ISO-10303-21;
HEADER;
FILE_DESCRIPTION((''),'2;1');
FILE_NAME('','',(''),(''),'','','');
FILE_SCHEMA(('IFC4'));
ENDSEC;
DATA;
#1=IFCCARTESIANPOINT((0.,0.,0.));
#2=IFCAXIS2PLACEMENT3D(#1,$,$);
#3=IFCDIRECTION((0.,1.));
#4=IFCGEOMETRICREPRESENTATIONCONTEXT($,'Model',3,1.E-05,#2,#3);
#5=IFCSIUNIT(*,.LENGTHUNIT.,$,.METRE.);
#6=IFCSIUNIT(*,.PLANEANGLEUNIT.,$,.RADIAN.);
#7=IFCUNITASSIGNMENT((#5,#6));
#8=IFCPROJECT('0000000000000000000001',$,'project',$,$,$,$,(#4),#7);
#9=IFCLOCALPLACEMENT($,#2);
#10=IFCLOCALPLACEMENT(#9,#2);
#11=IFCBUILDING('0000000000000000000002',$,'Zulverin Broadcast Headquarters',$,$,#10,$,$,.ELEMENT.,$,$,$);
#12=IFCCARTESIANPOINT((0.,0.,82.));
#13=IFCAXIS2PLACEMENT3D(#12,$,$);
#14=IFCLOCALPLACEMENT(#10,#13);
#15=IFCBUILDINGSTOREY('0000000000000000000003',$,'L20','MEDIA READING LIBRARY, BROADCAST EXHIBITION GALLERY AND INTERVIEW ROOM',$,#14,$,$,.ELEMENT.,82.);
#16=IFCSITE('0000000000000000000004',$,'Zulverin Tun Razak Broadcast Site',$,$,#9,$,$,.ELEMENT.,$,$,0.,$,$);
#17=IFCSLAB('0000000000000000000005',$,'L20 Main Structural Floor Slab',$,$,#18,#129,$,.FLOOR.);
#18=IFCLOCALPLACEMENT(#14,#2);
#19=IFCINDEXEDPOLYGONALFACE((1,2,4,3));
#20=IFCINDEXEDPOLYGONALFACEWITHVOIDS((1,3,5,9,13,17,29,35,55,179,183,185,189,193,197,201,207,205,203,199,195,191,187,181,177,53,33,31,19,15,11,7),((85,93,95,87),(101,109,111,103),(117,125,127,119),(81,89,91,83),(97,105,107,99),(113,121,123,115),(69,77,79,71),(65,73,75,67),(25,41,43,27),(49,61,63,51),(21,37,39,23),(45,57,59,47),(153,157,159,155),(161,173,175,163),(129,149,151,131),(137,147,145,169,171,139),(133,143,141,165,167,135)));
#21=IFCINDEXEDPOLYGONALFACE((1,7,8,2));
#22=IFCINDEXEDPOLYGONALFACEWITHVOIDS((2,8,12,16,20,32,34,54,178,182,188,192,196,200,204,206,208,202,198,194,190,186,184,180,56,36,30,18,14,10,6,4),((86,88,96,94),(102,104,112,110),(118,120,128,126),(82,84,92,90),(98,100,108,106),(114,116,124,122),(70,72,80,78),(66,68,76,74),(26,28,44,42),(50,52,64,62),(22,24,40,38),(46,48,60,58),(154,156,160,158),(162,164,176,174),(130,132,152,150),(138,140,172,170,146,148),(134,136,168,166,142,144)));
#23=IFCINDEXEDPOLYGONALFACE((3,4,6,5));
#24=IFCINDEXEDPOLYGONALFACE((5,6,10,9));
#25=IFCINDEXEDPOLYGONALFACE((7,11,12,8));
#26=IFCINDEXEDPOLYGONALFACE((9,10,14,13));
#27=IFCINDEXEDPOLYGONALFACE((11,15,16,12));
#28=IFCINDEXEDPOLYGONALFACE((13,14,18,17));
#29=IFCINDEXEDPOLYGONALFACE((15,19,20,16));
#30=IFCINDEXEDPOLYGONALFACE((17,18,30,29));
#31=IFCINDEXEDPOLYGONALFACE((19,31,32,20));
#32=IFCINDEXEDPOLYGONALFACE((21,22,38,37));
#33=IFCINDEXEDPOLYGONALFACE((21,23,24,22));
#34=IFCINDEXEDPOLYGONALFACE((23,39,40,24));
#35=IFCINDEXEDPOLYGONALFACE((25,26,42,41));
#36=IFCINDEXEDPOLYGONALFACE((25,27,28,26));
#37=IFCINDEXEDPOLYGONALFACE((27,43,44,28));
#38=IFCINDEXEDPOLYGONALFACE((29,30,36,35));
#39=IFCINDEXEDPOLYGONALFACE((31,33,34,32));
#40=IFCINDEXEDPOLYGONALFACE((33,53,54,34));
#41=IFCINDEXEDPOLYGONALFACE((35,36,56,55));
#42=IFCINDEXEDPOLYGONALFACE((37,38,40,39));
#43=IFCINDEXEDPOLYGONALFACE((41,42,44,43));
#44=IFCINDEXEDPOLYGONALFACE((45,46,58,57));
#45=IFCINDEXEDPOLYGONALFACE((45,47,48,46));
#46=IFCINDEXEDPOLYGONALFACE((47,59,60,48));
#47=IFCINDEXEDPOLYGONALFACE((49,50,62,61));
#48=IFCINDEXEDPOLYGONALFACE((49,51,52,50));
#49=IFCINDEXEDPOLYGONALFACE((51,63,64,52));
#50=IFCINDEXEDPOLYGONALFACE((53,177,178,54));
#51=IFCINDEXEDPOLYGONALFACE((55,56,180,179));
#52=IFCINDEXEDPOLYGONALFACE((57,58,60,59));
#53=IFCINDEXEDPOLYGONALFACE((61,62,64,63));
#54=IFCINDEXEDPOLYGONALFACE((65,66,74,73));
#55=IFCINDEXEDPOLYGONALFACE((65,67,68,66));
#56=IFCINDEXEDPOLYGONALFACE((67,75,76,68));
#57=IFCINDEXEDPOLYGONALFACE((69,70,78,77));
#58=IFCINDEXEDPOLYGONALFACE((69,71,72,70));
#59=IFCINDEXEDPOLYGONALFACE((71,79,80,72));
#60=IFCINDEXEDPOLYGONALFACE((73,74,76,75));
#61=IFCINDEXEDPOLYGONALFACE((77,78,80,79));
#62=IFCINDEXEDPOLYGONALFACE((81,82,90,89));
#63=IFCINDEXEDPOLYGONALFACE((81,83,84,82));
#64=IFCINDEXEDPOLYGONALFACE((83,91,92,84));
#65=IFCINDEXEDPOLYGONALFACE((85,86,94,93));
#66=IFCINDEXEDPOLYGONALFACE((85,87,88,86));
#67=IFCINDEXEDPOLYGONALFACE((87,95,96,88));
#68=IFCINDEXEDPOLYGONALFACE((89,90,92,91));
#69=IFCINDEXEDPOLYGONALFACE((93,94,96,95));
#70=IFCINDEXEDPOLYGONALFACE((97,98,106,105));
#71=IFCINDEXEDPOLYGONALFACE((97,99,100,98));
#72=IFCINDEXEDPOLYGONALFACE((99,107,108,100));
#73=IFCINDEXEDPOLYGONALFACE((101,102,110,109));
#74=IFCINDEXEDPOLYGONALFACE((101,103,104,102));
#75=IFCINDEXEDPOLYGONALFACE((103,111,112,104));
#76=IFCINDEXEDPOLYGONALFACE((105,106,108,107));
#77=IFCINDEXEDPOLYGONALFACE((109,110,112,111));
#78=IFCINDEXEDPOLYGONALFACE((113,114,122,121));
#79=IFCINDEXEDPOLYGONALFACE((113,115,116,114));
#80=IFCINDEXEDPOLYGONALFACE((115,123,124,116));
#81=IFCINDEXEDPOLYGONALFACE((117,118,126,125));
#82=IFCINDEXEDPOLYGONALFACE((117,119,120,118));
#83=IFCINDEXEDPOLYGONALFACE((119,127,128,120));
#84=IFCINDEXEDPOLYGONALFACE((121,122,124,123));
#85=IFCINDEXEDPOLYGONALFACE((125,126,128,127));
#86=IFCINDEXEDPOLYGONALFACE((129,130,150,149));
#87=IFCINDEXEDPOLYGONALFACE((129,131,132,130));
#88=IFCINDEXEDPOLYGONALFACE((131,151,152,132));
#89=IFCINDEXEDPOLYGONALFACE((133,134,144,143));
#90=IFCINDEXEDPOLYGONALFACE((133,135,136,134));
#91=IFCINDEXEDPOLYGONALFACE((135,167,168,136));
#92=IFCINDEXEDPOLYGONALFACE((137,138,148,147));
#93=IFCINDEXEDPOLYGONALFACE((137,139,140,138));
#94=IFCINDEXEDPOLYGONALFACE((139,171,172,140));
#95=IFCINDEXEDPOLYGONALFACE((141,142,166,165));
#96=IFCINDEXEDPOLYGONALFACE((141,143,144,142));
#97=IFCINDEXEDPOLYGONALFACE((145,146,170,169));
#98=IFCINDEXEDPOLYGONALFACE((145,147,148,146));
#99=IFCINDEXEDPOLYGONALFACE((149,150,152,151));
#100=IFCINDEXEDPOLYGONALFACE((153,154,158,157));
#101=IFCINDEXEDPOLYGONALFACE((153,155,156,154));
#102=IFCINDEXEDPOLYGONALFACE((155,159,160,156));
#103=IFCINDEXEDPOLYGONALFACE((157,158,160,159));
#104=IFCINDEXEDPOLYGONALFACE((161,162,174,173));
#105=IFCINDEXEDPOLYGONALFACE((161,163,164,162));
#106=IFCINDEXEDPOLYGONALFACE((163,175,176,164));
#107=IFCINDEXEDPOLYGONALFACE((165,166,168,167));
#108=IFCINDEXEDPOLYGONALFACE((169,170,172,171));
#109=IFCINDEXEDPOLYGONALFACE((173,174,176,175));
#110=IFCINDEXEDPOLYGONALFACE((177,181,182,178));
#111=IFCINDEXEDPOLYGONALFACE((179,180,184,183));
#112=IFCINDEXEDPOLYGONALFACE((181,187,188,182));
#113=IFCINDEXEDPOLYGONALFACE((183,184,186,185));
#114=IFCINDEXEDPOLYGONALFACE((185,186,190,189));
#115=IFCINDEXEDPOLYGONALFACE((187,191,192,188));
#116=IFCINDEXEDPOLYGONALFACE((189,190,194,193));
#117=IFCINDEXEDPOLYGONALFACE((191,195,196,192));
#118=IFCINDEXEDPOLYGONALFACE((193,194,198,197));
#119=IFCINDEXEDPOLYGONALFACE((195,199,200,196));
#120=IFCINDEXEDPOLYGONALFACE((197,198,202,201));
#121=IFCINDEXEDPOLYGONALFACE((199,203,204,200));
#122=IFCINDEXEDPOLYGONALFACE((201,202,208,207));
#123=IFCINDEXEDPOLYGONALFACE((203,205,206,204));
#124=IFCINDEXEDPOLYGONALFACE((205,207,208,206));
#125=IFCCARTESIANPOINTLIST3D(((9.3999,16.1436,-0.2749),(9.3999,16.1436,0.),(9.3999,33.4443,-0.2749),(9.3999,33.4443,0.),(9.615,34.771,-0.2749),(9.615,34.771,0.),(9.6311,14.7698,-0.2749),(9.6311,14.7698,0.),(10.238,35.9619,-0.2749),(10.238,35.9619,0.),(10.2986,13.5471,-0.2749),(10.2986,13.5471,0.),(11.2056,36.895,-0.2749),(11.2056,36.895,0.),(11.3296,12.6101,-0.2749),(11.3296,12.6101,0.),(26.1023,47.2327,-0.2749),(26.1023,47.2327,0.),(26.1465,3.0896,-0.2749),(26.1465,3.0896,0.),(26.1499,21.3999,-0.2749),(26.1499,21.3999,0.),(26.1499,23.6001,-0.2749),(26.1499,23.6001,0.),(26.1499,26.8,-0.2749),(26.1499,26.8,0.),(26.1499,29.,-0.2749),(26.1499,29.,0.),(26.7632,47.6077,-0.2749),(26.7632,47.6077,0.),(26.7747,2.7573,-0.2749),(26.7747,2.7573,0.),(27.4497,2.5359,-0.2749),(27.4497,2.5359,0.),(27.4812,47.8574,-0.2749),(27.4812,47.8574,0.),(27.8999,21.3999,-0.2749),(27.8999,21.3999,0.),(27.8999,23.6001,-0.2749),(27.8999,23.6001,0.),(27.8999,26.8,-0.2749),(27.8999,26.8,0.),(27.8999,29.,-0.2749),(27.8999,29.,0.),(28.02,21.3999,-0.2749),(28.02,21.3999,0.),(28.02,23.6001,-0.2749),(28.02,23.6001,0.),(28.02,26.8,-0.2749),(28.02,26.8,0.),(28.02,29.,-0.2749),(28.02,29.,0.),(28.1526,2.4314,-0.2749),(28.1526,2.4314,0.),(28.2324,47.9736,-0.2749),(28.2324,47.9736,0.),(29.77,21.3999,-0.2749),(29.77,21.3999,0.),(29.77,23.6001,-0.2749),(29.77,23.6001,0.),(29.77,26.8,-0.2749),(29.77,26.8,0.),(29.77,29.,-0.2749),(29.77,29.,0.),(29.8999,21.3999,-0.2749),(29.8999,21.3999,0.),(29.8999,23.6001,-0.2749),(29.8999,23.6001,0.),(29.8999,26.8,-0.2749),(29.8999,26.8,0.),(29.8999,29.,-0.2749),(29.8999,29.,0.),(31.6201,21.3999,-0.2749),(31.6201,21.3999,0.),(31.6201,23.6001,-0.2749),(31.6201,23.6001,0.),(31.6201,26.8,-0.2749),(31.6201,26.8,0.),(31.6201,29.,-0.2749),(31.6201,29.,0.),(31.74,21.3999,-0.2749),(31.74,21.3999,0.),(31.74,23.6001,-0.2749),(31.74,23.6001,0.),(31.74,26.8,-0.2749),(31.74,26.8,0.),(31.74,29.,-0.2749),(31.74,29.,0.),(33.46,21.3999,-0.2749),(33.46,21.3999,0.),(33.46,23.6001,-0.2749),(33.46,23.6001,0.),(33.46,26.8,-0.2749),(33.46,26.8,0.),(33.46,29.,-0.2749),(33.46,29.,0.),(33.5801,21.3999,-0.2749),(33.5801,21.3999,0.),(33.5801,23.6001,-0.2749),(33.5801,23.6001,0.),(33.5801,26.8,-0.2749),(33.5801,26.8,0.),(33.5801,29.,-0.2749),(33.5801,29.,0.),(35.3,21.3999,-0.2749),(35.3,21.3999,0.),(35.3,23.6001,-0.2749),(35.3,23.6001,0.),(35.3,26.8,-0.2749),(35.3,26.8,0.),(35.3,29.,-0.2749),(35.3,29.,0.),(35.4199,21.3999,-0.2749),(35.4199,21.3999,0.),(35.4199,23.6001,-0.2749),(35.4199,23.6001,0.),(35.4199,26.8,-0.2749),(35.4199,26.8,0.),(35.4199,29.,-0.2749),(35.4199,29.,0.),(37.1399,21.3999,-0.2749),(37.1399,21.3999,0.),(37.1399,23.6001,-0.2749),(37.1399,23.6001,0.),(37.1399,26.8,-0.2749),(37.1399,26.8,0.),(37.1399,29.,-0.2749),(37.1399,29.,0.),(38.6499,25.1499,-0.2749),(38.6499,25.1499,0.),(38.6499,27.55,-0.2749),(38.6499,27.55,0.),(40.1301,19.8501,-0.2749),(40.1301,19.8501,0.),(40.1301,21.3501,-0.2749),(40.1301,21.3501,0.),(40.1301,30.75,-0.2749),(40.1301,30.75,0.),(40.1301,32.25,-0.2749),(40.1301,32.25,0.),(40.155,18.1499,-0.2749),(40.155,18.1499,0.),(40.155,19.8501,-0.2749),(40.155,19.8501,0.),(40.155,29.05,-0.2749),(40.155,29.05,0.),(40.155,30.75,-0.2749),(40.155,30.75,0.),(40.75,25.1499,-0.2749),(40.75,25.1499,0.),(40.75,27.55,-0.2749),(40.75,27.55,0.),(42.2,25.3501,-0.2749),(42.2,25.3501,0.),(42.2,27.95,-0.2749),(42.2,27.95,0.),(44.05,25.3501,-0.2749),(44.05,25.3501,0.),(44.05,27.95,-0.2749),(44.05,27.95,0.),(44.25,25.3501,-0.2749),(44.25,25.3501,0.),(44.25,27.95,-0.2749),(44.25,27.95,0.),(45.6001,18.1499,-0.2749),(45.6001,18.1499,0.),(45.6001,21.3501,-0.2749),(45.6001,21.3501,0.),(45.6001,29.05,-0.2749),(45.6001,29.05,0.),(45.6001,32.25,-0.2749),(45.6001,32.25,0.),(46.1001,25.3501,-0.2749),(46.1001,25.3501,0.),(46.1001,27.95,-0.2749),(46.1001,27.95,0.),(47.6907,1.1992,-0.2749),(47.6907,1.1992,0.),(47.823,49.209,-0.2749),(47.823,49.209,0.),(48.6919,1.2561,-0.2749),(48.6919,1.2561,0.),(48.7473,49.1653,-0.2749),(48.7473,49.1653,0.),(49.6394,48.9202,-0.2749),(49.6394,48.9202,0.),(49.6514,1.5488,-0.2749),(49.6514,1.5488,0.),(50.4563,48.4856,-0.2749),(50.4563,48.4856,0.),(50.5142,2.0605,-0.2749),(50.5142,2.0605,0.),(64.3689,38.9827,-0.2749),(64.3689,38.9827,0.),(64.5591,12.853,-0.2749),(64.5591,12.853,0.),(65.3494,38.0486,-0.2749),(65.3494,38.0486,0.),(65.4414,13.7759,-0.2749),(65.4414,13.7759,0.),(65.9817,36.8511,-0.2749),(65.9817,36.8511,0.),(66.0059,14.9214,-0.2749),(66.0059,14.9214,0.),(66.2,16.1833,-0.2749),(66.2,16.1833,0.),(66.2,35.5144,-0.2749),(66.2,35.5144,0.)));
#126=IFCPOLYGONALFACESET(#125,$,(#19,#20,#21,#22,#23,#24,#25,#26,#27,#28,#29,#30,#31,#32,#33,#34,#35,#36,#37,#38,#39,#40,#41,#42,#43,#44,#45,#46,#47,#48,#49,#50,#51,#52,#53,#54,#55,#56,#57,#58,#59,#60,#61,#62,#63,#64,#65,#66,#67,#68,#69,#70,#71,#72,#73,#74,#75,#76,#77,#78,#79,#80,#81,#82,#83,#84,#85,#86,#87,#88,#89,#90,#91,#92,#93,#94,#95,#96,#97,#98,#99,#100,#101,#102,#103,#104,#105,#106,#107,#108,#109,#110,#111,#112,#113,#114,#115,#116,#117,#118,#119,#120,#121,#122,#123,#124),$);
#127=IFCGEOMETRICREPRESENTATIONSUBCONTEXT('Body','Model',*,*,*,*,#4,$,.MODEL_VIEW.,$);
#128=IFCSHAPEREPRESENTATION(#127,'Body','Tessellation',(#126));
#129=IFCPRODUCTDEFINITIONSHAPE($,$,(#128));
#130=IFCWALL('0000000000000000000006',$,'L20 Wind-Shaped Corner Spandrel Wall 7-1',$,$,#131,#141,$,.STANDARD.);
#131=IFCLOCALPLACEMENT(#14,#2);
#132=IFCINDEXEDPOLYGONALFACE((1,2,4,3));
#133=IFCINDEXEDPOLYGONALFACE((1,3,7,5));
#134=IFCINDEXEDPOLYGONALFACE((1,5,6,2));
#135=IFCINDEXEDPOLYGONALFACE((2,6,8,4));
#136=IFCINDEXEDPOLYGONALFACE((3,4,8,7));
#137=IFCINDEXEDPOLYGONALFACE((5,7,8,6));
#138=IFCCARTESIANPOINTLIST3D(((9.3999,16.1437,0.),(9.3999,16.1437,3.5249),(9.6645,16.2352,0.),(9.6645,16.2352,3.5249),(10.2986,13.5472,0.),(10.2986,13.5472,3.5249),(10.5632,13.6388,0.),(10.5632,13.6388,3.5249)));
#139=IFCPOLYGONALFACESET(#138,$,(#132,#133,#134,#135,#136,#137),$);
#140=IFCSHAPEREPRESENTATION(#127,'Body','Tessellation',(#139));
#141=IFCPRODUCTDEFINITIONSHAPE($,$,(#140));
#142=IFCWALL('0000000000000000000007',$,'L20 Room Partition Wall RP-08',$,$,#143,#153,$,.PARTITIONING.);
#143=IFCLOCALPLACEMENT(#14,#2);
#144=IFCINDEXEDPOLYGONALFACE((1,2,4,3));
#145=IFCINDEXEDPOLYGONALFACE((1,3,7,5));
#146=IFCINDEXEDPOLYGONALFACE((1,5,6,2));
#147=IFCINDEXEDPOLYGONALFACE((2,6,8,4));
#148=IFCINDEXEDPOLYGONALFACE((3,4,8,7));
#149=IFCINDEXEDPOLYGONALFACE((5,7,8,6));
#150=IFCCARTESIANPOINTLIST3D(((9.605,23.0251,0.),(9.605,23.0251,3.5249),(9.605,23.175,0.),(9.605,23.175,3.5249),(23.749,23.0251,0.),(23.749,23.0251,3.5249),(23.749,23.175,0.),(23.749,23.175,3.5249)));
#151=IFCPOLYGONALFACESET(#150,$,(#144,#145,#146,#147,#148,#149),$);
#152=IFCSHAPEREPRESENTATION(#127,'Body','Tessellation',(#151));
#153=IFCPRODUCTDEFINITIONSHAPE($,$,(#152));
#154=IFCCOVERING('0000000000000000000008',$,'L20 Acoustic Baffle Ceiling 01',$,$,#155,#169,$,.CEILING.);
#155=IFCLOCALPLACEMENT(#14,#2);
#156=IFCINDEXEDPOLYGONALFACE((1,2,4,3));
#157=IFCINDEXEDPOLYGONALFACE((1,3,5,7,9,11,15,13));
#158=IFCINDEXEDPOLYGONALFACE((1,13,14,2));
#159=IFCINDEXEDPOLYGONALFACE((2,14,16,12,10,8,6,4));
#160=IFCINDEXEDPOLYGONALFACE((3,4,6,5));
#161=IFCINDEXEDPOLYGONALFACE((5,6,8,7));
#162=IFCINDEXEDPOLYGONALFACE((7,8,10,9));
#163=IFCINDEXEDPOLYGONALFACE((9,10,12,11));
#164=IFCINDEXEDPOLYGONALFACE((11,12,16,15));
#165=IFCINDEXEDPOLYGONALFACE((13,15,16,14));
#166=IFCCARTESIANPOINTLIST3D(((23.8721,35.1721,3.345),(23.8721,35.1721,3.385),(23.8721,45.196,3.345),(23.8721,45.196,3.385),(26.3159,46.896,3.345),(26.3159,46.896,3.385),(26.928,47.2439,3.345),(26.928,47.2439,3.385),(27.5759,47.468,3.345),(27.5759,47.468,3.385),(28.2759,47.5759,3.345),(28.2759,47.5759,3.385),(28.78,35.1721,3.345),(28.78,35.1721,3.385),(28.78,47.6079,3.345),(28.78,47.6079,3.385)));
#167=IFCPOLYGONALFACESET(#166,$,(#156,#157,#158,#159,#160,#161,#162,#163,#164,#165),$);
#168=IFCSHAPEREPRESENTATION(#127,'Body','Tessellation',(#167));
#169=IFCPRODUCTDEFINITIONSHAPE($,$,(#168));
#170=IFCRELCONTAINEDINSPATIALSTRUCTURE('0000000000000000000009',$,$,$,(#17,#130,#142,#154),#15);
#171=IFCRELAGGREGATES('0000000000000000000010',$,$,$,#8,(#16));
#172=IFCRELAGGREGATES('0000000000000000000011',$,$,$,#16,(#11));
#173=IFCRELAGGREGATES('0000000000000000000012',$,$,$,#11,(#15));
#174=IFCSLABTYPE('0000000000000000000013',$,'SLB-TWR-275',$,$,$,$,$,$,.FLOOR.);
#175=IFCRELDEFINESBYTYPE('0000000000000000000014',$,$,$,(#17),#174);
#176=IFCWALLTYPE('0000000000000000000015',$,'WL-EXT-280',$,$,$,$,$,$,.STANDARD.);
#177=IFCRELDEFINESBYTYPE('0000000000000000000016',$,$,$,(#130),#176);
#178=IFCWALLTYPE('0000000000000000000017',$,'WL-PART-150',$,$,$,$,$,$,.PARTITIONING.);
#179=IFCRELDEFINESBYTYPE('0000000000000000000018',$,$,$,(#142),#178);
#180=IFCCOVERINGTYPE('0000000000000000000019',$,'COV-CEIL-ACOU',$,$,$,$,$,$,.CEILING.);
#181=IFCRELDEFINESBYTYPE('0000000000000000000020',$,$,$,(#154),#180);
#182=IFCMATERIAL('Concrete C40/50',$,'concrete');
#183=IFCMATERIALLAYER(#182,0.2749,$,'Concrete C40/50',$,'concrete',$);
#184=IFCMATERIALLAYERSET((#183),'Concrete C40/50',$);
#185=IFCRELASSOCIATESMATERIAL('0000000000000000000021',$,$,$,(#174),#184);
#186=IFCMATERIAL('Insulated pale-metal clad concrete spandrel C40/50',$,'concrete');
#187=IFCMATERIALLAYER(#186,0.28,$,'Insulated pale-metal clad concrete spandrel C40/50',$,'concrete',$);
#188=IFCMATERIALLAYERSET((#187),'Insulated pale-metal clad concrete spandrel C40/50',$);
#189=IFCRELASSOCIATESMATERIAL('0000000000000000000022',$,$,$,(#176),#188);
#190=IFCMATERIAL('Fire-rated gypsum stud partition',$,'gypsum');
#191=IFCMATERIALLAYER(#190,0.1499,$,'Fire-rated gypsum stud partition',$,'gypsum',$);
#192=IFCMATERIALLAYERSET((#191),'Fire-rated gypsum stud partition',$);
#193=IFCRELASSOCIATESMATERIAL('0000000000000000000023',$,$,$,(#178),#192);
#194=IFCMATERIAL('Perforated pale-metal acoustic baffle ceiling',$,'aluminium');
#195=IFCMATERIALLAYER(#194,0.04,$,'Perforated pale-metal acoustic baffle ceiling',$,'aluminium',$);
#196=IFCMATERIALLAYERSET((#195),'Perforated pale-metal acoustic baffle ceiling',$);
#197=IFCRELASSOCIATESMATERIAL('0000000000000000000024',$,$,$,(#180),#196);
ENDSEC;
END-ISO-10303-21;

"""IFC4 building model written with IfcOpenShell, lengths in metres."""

from ifc_helpers import new_model, si_unit, direction, frame, frame_2d, origin, place, context, subcontext, project, spatial, polyline, rectangle, outline, extrude, material, layer, layer_set, type_object, element, save


model = new_model("IFC4")

# Units and contexts
model_context = context("Model", 3, precision=1e-05, world=origin(), true_north=direction((0.0, 1.0)))
body_context = subcontext(model_context, "Body", "Model", "MODEL_VIEW")
ifc_project = project(units=[si_unit("LENGTHUNIT", "METRE"), si_unit("PLANEANGLEUNIT", "RADIAN")], contexts=[model_context])

# Site, building, storey
site_placement = place(None, origin())
site = spatial("IfcSite", under=ifc_project, at=site_placement, Name="Zulverin Tun Razak Broadcast Site", CompositionType="ELEMENT", RefElevation=0.0)
building_placement = place(site_placement, origin())
building = spatial("IfcBuilding", under=site, at=building_placement, Name="Zulverin Broadcast Headquarters", CompositionType="ELEMENT")
storey_placement = place(building_placement, frame((0.0, 0.0, 82.0)))
storey = spatial("IfcBuildingStorey", under=building, at=storey_placement, Name="L20", Description="MEDIA READING LIBRARY, BROADCAST EXHIBITION GALLERY AND INTERVIEW ROOM", CompositionType="ELEMENT", Elevation=82.0)

# Shared definitions
ifc_material_1 = material(Name="Concrete C40/50", Category="concrete")

# Slab
ifc_layer_1 = layer(ifc_material_1, 0.2749, Name="Concrete C40/50", Category="concrete")
ifc_layer_set_1 = layer_set([ifc_layer_1], Name="Concrete C40/50")
slab_type_1 = type_object("IfcSlabType", Name="SLB-TWR-275", PredefinedType="FLOOR", material=ifc_layer_set_1)
slab_1_placement = place(storey_placement, frame((0.0, 0.0, -0.2749)))
element("IfcSlab", 1, at=slab_1_placement, inside=storey, type_object=slab_type_1, Name="L20 Main Structural Floor Slab", PredefinedType="FLOOR", context=body_context, shape_type="SweptSolid", body=[
    extrude(outline(polyline([(26.1465, 3.0896), (26.7747, 2.7573), (27.4497, 2.5359), (28.1526, 2.4314), (47.6907, 1.1992), (48.6919, 1.2561), (49.6514, 1.5488), (50.5142, 2.0605), (64.5591, 12.853), (65.4414, 13.7759), (66.0059, 14.9214), (66.2, 16.1833), (66.2, 35.5144), (65.9817, 36.8511), (65.3494, 38.0486), (64.3689, 38.9827), (50.4563, 48.4856), (49.6394, 48.9202), (48.7473, 49.1653), (47.823, 49.209), (28.2324, 47.9736), (27.4812, 47.8574), (26.7632, 47.6077), (26.1023, 47.2327), (11.2056, 36.895), (10.238, 35.9619), (9.615, 34.771), (9.3999, 33.4443), (9.3999, 16.1436), (9.6311, 14.7698), (10.2986, 13.5471), (11.3296, 12.6101), (26.1465, 3.0896)]), holes=[polyline([(40.155, 30.75), (40.1301, 30.75), (40.1301, 32.25), (45.6001, 32.25), (45.6001, 29.05), (40.155, 29.05), (40.155, 30.75)]), polyline([(40.155, 19.8501), (40.1301, 19.8501), (40.1301, 21.3501), (45.6001, 21.3501), (45.6001, 18.1499), (40.155, 18.1499), (40.155, 19.8501)]), polyline([(26.1499, 26.8), (27.8999, 26.8), (27.8999, 29.0), (26.1499, 29.0), (26.1499, 26.8)]), polyline([(28.02, 26.8), (29.77, 26.8), (29.77, 29.0), (28.02, 29.0), (28.02, 26.8)]), polyline([(26.1499, 21.3999), (27.8999, 21.3999), (27.8999, 23.6001), (26.1499, 23.6001), (26.1499, 21.3999)]), polyline([(28.02, 21.3999), (29.77, 21.3999), (29.77, 23.6001), (28.02, 23.6001), (28.02, 21.3999)]), polyline([(29.8999, 21.3999), (31.6201, 21.3999), (31.6201, 23.6001), (29.8999, 23.6001), (29.8999, 21.3999)]), polyline([(31.74, 21.3999), (33.46, 21.3999), (33.46, 23.6001), (31.74, 23.6001), (31.74, 21.3999)]), polyline([(33.5801, 21.3999), (35.3, 21.3999), (35.3, 23.6001), (33.5801, 23.6001), (33.5801, 21.3999)]), polyline([(35.4199, 21.3999), (37.1399, 21.3999), (37.1399, 23.6001), (35.4199, 23.6001), (35.4199, 21.3999)]), polyline([(29.8999, 26.8), (31.6201, 26.8), (31.6201, 29.0), (29.8999, 29.0), (29.8999, 26.8)]), polyline([(31.74, 26.8), (33.46, 26.8), (33.46, 29.0), (31.74, 29.0), (31.74, 26.8)]), polyline([(33.5801, 26.8), (35.3, 26.8), (35.3, 29.0), (33.5801, 29.0), (33.5801, 26.8)]), polyline([(35.4199, 26.8), (37.1399, 26.8), (37.1399, 29.0), (35.4199, 29.0), (35.4199, 26.8)]), polyline([(42.2, 25.3501), (44.05, 25.3501), (44.05, 27.95), (42.2, 27.95), (42.2, 25.3501)]), polyline([(44.25, 25.3501), (46.1001, 25.3501), (46.1001, 27.95), (44.25, 27.95), (44.25, 25.3501)]), polyline([(38.6499, 25.1499), (40.75, 25.1499), (40.75, 27.55), (38.6499, 27.55), (38.6499, 25.1499)])]), origin(), (0.0, 0.0, 1.0), 0.2749),
])

# Walls
ifc_material_2 = material(Name="Insulated pale-metal clad concrete spandrel C40/50", Category="concrete")
ifc_layer_2 = layer(ifc_material_2, 0.28, Name="Insulated pale-metal clad concrete spandrel C40/50", Category="concrete")
ifc_layer_set_2 = layer_set([ifc_layer_2], Name="Insulated pale-metal clad concrete spandrel C40/50")
wall_type_1 = type_object("IfcWallType", Name="WL-EXT-280", PredefinedType="STANDARD", material=ifc_layer_set_2)
wall_1_placement = place(storey_placement, frame((9.5322, 16.1895, 0.0), z_axis=(0.0, 0.0, 1.0), x_axis=(0.327083, -0.944996, 0.0)))
element("IfcWall", 2, at=wall_1_placement, inside=storey, type_object=wall_type_1, Name="L20 Wind-Shaped Corner Spandrel Wall 7-1", PredefinedType="STANDARD", context=body_context, shape_type="SweptSolid", body=[
    extrude(rectangle(XDim=2.7476, YDim=0.28, at=frame_2d((1.3738, 0.0))), origin(), (0.0, 0.0, 1.0), 3.5249),
])
ifc_material_3 = material(Name="Fire-rated gypsum stud partition", Category="gypsum")
ifc_layer_3 = layer(ifc_material_3, 0.1499, Name="Fire-rated gypsum stud partition", Category="gypsum")
ifc_layer_set_3 = layer_set([ifc_layer_3], Name="Fire-rated gypsum stud partition")
wall_type_2 = type_object("IfcWallType", Name="WL-PART-150", PredefinedType="PARTITIONING", material=ifc_layer_set_3)
wall_2_placement = place(storey_placement, frame((9.605, 23.1001, 0.0), z_axis=(0.0, 0.0, 1.0), x_axis=(1.0, 0.0, 0.0)))
element("IfcWall", 3, at=wall_2_placement, inside=storey, type_object=wall_type_2, Name="L20 Room Partition Wall RP-08", PredefinedType="PARTITIONING", context=body_context, shape_type="SweptSolid", body=[
    extrude(rectangle(XDim=14.144, YDim=0.1499, at=frame_2d((7.072, 0.0))), origin(), (0.0, 0.0, 1.0), 3.5249),
])

# Covering
ifc_material_4 = material(Name="Perforated pale-metal acoustic baffle ceiling", Category="aluminium")
ifc_layer_4 = layer(ifc_material_4, 0.04, Name="Perforated pale-metal acoustic baffle ceiling", Category="aluminium")
ifc_layer_set_4 = layer_set([ifc_layer_4], Name="Perforated pale-metal acoustic baffle ceiling")
covering_type_1 = type_object("IfcCoveringType", Name="COV-CEIL-ACOU", PredefinedType="CEILING", material=ifc_layer_set_4)
covering_1_placement = place(storey_placement, frame((0.0, 0.0, 3.345)))
element("IfcCovering", 4, at=covering_1_placement, inside=storey, type_object=covering_type_1, Name="L20 Acoustic Baffle Ceiling 01", PredefinedType="CEILING", context=body_context, shape_type="SweptSolid", body=[
    extrude(outline(polyline([(28.78, 35.1721), (28.78, 47.6079), (28.2759, 47.5759), (27.5759, 47.468), (26.928, 47.2439), (26.3159, 46.896), (23.8721, 45.196), (23.8721, 35.1721), (28.78, 35.1721)])), origin(), (0.0, 0.0, 1.0), 0.04),
])

save(model, "model.ifc")
